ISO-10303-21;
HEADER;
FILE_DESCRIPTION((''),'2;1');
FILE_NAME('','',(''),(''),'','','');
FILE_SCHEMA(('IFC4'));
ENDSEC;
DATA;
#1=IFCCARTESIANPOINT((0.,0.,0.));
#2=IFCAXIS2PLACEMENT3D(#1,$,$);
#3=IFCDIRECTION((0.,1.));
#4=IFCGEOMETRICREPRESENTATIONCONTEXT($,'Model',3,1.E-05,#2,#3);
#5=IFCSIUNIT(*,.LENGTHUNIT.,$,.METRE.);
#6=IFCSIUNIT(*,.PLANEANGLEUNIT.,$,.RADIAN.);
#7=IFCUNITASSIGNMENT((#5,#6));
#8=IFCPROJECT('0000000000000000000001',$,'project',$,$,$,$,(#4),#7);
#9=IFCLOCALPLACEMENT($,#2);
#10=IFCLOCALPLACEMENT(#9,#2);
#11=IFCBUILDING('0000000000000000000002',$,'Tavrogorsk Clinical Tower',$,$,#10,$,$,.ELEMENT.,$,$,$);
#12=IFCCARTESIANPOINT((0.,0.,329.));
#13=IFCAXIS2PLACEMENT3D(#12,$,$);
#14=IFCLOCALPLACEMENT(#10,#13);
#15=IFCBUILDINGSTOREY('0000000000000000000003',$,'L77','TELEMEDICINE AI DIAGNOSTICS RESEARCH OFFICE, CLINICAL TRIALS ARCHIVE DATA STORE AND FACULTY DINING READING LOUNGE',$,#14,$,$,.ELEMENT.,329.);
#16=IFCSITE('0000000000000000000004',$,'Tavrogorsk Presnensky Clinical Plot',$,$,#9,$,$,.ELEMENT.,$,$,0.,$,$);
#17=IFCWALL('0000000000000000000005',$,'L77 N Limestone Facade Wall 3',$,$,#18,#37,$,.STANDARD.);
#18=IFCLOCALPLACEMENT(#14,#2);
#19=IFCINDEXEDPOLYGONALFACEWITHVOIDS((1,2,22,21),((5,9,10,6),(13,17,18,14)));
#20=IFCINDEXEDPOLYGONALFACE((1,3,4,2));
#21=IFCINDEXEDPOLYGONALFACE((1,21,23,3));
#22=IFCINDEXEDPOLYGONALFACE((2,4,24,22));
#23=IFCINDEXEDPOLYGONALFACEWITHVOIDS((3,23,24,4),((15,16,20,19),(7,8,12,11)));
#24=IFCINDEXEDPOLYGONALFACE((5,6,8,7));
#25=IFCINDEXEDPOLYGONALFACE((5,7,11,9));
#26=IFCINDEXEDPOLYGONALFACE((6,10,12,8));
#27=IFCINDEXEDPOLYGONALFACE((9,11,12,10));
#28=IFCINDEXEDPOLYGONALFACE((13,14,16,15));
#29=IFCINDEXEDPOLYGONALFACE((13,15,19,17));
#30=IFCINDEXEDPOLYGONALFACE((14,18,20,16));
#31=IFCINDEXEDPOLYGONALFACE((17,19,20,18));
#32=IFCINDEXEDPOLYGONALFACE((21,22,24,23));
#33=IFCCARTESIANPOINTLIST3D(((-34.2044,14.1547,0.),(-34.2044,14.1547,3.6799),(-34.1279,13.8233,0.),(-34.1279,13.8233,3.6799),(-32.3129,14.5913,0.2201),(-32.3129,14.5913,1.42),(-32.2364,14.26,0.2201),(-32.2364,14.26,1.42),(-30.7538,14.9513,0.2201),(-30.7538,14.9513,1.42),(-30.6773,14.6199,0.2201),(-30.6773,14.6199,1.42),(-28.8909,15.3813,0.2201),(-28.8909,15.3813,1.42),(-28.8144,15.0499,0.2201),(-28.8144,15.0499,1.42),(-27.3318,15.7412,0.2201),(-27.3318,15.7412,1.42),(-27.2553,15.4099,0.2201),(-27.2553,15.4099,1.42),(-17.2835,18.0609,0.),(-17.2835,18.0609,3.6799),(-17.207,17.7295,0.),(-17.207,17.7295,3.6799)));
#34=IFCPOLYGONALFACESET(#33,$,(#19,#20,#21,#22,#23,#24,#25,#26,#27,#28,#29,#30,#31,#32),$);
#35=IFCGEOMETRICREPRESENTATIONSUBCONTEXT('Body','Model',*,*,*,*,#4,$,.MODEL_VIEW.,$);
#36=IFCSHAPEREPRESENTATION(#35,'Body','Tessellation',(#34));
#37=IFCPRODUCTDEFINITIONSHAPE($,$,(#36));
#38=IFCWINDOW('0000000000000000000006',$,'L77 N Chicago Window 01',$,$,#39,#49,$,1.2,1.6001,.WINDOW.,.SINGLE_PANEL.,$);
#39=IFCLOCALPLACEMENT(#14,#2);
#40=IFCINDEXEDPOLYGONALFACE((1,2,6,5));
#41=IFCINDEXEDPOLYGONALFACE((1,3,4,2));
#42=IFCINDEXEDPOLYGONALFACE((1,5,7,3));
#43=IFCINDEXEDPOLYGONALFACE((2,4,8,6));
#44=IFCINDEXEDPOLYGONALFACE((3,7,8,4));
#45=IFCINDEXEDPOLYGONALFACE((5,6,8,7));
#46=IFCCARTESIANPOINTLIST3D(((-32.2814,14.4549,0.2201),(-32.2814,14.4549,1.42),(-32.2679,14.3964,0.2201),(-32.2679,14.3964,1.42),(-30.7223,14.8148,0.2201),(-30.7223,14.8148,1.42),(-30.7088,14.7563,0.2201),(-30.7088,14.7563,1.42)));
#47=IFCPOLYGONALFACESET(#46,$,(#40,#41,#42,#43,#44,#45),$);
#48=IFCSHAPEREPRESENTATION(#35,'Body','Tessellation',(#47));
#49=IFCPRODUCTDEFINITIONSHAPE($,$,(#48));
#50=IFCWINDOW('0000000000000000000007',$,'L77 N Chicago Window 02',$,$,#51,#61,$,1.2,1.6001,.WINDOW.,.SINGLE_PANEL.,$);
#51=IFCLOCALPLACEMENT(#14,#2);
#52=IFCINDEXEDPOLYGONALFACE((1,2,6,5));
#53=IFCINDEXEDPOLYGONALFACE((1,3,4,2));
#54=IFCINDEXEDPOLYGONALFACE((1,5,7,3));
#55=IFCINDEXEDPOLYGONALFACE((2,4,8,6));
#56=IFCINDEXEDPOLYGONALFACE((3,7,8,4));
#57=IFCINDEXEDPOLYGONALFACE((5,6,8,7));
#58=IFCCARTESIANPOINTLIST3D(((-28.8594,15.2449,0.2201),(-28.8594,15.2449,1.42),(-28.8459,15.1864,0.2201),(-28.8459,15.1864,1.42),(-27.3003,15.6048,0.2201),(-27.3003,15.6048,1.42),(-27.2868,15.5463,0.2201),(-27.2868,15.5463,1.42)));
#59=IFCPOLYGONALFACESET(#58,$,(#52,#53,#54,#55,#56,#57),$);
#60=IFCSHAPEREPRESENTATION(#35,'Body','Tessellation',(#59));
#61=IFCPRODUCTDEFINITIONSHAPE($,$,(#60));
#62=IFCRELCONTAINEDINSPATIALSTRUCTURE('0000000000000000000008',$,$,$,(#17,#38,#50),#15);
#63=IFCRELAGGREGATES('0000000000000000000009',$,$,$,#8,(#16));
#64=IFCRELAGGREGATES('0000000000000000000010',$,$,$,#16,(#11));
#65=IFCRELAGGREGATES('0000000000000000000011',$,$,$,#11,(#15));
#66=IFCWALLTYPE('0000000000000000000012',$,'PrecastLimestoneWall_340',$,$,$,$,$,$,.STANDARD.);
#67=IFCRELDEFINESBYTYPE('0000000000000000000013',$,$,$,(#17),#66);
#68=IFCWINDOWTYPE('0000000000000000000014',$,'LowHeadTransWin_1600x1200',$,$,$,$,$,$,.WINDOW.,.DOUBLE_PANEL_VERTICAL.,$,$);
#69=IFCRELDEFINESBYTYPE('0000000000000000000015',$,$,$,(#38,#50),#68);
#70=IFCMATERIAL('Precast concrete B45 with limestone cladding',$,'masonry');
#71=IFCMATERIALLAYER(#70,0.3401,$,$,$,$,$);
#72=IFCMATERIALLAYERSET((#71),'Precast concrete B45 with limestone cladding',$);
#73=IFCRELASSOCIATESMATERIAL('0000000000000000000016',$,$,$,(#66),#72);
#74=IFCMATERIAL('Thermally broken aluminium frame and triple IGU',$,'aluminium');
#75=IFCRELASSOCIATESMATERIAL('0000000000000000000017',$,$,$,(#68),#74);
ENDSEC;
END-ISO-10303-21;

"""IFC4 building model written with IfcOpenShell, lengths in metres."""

from ifc_helpers import new_model, si_unit, direction, frame, frame_2d, origin, place, context, subcontext, project, spatial, rectangle, extrude, material, layer, layer_set, type_object, element, fill, save


model = new_model("IFC4")

# Units and contexts
model_context = context("Model", 3, precision=1e-05, world=origin(), true_north=direction((0.0, 1.0)))
body_context = subcontext(model_context, "Body", "Model", "MODEL_VIEW")
ifc_project = project(units=[si_unit("LENGTHUNIT", "METRE"), si_unit("PLANEANGLEUNIT", "RADIAN")], contexts=[model_context])

# Site, building, storey
site_placement = place(None, origin())
site = spatial("IfcSite", under=ifc_project, at=site_placement, Name="Tavrogorsk Presnensky Clinical Plot", CompositionType="ELEMENT", RefElevation=0.0)
building_placement = place(site_placement, origin())
building = spatial("IfcBuilding", under=site, at=building_placement, Name="Tavrogorsk Clinical Tower", CompositionType="ELEMENT")
storey_placement = place(building_placement, frame((0.0, 0.0, 329.0)))
storey = spatial("IfcBuildingStorey", under=building, at=storey_placement, Name="L77", Description="TELEMEDICINE AI DIAGNOSTICS RESEARCH OFFICE, CLINICAL TRIALS ARCHIVE DATA STORE AND FACULTY DINING READING LOUNGE", CompositionType="ELEMENT", Elevation=329.0)

# Wall, openings, windows
ifc_material_1 = material(Name="Precast concrete B45 with limestone cladding", Category="masonry")
ifc_layer_1 = layer(ifc_material_1, 0.3401)
ifc_layer_set_1 = layer_set([ifc_layer_1], Name="Precast concrete B45 with limestone cladding")
wall_type_1 = type_object("IfcWallType", Name="PrecastLimestoneWall_340", PredefinedType="STANDARD", material=ifc_layer_set_1)
ifc_material_2 = material(Name="Thermally broken aluminium frame and triple IGU", Category="aluminium")
window_type = type_object("IfcWindowType", Name="LowHeadTransWin_1600x1200", PartitioningType="DOUBLE_PANEL_VERTICAL", PredefinedType="WINDOW", material=ifc_material_2)
wall_1_placement = place(storey_placement, frame((-17.2451, 17.8953, 0.0), z_axis=(0.0, 0.0, 1.0), x_axis=(-0.974373, -0.224938, 0.0)))
wall_1 = element("IfcWall", 1, at=wall_1_placement, inside=storey, type_object=wall_type_1, Name="L77 N Limestone Facade Wall 3", PredefinedType="STANDARD", context=body_context, shape_type="SweptSolid", body=[
    extrude(rectangle(XDim=17.366, YDim=0.3401, at=frame_2d((8.6831, 0.0))), origin(), (0.0, 0.0, 1.0), 3.6799),
])
opening_1_placement = place(wall_1_placement, frame((13.8247, 0.0, 0.22)))
opening_1 = element("IfcOpeningElement", 2, at=opening_1_placement, cuts=wall_1, PredefinedType="OPENING", context=body_context, shape_type="SweptSolid", body=[
    extrude(rectangle(XDim=1.6001, YDim=1.2, at=frame_2d((0.8, 0.6001))), frame((0.0, 0.1799, 0.0), z_axis=(0.0, -1.0, 0.0), x_axis=(1.0, 0.0, 0.0)), (0.0, 0.0, 1.0), 0.3601),
])
opening_2_placement = place(wall_1_placement, frame((10.3127, 0.0, 0.22)))
opening_2 = element("IfcOpeningElement", 3, at=opening_2_placement, cuts=wall_1, PredefinedType="OPENING", context=body_context, shape_type="SweptSolid", body=[
    extrude(rectangle(XDim=1.6001, YDim=1.2, at=frame_2d((0.8, 0.6001))), frame((0.0, 0.1799, 0.0), z_axis=(0.0, -1.0, 0.0), x_axis=(1.0, 0.0, 0.0)), (0.0, 0.0, 1.0), 0.3601),
])
window_1_placement = place(opening_1_placement, origin())
window_1 = element("IfcWindow", 4, at=window_1_placement, inside=storey, type_object=window_type, Name="L77 N Chicago Window 01", OverallHeight=1.2, OverallWidth=1.6001, PartitioningType="SINGLE_PANEL", PredefinedType="WINDOW", context=body_context, shape_type="SweptSolid", body=[
    extrude(rectangle(XDim=1.6001, YDim=1.2, at=frame_2d((0.8, 0.6001))), frame((0.0, 0.03, 0.0), z_axis=(0.0, -1.0, 0.0), x_axis=(1.0, 0.0, 0.0)), (0.0, 0.0, 1.0), 0.0601),
])
fill(opening_1, window_1)
window_2_placement = place(opening_2_placement, origin())
window_2 = element("IfcWindow", 5, at=window_2_placement, inside=storey, type_object=window_type, Name="L77 N Chicago Window 02", OverallHeight=1.2, OverallWidth=1.6001, PartitioningType="SINGLE_PANEL", PredefinedType="WINDOW", context=body_context, shape_type="SweptSolid", body=[
    extrude(rectangle(XDim=1.6001, YDim=1.2, at=frame_2d((0.8, 0.6001))), frame((0.0, 0.03, 0.0), z_axis=(0.0, -1.0, 0.0), x_axis=(1.0, 0.0, 0.0)), (0.0, 0.0, 1.0), 0.0601),
])
fill(opening_2, window_2)

save(model, "model.ifc")
